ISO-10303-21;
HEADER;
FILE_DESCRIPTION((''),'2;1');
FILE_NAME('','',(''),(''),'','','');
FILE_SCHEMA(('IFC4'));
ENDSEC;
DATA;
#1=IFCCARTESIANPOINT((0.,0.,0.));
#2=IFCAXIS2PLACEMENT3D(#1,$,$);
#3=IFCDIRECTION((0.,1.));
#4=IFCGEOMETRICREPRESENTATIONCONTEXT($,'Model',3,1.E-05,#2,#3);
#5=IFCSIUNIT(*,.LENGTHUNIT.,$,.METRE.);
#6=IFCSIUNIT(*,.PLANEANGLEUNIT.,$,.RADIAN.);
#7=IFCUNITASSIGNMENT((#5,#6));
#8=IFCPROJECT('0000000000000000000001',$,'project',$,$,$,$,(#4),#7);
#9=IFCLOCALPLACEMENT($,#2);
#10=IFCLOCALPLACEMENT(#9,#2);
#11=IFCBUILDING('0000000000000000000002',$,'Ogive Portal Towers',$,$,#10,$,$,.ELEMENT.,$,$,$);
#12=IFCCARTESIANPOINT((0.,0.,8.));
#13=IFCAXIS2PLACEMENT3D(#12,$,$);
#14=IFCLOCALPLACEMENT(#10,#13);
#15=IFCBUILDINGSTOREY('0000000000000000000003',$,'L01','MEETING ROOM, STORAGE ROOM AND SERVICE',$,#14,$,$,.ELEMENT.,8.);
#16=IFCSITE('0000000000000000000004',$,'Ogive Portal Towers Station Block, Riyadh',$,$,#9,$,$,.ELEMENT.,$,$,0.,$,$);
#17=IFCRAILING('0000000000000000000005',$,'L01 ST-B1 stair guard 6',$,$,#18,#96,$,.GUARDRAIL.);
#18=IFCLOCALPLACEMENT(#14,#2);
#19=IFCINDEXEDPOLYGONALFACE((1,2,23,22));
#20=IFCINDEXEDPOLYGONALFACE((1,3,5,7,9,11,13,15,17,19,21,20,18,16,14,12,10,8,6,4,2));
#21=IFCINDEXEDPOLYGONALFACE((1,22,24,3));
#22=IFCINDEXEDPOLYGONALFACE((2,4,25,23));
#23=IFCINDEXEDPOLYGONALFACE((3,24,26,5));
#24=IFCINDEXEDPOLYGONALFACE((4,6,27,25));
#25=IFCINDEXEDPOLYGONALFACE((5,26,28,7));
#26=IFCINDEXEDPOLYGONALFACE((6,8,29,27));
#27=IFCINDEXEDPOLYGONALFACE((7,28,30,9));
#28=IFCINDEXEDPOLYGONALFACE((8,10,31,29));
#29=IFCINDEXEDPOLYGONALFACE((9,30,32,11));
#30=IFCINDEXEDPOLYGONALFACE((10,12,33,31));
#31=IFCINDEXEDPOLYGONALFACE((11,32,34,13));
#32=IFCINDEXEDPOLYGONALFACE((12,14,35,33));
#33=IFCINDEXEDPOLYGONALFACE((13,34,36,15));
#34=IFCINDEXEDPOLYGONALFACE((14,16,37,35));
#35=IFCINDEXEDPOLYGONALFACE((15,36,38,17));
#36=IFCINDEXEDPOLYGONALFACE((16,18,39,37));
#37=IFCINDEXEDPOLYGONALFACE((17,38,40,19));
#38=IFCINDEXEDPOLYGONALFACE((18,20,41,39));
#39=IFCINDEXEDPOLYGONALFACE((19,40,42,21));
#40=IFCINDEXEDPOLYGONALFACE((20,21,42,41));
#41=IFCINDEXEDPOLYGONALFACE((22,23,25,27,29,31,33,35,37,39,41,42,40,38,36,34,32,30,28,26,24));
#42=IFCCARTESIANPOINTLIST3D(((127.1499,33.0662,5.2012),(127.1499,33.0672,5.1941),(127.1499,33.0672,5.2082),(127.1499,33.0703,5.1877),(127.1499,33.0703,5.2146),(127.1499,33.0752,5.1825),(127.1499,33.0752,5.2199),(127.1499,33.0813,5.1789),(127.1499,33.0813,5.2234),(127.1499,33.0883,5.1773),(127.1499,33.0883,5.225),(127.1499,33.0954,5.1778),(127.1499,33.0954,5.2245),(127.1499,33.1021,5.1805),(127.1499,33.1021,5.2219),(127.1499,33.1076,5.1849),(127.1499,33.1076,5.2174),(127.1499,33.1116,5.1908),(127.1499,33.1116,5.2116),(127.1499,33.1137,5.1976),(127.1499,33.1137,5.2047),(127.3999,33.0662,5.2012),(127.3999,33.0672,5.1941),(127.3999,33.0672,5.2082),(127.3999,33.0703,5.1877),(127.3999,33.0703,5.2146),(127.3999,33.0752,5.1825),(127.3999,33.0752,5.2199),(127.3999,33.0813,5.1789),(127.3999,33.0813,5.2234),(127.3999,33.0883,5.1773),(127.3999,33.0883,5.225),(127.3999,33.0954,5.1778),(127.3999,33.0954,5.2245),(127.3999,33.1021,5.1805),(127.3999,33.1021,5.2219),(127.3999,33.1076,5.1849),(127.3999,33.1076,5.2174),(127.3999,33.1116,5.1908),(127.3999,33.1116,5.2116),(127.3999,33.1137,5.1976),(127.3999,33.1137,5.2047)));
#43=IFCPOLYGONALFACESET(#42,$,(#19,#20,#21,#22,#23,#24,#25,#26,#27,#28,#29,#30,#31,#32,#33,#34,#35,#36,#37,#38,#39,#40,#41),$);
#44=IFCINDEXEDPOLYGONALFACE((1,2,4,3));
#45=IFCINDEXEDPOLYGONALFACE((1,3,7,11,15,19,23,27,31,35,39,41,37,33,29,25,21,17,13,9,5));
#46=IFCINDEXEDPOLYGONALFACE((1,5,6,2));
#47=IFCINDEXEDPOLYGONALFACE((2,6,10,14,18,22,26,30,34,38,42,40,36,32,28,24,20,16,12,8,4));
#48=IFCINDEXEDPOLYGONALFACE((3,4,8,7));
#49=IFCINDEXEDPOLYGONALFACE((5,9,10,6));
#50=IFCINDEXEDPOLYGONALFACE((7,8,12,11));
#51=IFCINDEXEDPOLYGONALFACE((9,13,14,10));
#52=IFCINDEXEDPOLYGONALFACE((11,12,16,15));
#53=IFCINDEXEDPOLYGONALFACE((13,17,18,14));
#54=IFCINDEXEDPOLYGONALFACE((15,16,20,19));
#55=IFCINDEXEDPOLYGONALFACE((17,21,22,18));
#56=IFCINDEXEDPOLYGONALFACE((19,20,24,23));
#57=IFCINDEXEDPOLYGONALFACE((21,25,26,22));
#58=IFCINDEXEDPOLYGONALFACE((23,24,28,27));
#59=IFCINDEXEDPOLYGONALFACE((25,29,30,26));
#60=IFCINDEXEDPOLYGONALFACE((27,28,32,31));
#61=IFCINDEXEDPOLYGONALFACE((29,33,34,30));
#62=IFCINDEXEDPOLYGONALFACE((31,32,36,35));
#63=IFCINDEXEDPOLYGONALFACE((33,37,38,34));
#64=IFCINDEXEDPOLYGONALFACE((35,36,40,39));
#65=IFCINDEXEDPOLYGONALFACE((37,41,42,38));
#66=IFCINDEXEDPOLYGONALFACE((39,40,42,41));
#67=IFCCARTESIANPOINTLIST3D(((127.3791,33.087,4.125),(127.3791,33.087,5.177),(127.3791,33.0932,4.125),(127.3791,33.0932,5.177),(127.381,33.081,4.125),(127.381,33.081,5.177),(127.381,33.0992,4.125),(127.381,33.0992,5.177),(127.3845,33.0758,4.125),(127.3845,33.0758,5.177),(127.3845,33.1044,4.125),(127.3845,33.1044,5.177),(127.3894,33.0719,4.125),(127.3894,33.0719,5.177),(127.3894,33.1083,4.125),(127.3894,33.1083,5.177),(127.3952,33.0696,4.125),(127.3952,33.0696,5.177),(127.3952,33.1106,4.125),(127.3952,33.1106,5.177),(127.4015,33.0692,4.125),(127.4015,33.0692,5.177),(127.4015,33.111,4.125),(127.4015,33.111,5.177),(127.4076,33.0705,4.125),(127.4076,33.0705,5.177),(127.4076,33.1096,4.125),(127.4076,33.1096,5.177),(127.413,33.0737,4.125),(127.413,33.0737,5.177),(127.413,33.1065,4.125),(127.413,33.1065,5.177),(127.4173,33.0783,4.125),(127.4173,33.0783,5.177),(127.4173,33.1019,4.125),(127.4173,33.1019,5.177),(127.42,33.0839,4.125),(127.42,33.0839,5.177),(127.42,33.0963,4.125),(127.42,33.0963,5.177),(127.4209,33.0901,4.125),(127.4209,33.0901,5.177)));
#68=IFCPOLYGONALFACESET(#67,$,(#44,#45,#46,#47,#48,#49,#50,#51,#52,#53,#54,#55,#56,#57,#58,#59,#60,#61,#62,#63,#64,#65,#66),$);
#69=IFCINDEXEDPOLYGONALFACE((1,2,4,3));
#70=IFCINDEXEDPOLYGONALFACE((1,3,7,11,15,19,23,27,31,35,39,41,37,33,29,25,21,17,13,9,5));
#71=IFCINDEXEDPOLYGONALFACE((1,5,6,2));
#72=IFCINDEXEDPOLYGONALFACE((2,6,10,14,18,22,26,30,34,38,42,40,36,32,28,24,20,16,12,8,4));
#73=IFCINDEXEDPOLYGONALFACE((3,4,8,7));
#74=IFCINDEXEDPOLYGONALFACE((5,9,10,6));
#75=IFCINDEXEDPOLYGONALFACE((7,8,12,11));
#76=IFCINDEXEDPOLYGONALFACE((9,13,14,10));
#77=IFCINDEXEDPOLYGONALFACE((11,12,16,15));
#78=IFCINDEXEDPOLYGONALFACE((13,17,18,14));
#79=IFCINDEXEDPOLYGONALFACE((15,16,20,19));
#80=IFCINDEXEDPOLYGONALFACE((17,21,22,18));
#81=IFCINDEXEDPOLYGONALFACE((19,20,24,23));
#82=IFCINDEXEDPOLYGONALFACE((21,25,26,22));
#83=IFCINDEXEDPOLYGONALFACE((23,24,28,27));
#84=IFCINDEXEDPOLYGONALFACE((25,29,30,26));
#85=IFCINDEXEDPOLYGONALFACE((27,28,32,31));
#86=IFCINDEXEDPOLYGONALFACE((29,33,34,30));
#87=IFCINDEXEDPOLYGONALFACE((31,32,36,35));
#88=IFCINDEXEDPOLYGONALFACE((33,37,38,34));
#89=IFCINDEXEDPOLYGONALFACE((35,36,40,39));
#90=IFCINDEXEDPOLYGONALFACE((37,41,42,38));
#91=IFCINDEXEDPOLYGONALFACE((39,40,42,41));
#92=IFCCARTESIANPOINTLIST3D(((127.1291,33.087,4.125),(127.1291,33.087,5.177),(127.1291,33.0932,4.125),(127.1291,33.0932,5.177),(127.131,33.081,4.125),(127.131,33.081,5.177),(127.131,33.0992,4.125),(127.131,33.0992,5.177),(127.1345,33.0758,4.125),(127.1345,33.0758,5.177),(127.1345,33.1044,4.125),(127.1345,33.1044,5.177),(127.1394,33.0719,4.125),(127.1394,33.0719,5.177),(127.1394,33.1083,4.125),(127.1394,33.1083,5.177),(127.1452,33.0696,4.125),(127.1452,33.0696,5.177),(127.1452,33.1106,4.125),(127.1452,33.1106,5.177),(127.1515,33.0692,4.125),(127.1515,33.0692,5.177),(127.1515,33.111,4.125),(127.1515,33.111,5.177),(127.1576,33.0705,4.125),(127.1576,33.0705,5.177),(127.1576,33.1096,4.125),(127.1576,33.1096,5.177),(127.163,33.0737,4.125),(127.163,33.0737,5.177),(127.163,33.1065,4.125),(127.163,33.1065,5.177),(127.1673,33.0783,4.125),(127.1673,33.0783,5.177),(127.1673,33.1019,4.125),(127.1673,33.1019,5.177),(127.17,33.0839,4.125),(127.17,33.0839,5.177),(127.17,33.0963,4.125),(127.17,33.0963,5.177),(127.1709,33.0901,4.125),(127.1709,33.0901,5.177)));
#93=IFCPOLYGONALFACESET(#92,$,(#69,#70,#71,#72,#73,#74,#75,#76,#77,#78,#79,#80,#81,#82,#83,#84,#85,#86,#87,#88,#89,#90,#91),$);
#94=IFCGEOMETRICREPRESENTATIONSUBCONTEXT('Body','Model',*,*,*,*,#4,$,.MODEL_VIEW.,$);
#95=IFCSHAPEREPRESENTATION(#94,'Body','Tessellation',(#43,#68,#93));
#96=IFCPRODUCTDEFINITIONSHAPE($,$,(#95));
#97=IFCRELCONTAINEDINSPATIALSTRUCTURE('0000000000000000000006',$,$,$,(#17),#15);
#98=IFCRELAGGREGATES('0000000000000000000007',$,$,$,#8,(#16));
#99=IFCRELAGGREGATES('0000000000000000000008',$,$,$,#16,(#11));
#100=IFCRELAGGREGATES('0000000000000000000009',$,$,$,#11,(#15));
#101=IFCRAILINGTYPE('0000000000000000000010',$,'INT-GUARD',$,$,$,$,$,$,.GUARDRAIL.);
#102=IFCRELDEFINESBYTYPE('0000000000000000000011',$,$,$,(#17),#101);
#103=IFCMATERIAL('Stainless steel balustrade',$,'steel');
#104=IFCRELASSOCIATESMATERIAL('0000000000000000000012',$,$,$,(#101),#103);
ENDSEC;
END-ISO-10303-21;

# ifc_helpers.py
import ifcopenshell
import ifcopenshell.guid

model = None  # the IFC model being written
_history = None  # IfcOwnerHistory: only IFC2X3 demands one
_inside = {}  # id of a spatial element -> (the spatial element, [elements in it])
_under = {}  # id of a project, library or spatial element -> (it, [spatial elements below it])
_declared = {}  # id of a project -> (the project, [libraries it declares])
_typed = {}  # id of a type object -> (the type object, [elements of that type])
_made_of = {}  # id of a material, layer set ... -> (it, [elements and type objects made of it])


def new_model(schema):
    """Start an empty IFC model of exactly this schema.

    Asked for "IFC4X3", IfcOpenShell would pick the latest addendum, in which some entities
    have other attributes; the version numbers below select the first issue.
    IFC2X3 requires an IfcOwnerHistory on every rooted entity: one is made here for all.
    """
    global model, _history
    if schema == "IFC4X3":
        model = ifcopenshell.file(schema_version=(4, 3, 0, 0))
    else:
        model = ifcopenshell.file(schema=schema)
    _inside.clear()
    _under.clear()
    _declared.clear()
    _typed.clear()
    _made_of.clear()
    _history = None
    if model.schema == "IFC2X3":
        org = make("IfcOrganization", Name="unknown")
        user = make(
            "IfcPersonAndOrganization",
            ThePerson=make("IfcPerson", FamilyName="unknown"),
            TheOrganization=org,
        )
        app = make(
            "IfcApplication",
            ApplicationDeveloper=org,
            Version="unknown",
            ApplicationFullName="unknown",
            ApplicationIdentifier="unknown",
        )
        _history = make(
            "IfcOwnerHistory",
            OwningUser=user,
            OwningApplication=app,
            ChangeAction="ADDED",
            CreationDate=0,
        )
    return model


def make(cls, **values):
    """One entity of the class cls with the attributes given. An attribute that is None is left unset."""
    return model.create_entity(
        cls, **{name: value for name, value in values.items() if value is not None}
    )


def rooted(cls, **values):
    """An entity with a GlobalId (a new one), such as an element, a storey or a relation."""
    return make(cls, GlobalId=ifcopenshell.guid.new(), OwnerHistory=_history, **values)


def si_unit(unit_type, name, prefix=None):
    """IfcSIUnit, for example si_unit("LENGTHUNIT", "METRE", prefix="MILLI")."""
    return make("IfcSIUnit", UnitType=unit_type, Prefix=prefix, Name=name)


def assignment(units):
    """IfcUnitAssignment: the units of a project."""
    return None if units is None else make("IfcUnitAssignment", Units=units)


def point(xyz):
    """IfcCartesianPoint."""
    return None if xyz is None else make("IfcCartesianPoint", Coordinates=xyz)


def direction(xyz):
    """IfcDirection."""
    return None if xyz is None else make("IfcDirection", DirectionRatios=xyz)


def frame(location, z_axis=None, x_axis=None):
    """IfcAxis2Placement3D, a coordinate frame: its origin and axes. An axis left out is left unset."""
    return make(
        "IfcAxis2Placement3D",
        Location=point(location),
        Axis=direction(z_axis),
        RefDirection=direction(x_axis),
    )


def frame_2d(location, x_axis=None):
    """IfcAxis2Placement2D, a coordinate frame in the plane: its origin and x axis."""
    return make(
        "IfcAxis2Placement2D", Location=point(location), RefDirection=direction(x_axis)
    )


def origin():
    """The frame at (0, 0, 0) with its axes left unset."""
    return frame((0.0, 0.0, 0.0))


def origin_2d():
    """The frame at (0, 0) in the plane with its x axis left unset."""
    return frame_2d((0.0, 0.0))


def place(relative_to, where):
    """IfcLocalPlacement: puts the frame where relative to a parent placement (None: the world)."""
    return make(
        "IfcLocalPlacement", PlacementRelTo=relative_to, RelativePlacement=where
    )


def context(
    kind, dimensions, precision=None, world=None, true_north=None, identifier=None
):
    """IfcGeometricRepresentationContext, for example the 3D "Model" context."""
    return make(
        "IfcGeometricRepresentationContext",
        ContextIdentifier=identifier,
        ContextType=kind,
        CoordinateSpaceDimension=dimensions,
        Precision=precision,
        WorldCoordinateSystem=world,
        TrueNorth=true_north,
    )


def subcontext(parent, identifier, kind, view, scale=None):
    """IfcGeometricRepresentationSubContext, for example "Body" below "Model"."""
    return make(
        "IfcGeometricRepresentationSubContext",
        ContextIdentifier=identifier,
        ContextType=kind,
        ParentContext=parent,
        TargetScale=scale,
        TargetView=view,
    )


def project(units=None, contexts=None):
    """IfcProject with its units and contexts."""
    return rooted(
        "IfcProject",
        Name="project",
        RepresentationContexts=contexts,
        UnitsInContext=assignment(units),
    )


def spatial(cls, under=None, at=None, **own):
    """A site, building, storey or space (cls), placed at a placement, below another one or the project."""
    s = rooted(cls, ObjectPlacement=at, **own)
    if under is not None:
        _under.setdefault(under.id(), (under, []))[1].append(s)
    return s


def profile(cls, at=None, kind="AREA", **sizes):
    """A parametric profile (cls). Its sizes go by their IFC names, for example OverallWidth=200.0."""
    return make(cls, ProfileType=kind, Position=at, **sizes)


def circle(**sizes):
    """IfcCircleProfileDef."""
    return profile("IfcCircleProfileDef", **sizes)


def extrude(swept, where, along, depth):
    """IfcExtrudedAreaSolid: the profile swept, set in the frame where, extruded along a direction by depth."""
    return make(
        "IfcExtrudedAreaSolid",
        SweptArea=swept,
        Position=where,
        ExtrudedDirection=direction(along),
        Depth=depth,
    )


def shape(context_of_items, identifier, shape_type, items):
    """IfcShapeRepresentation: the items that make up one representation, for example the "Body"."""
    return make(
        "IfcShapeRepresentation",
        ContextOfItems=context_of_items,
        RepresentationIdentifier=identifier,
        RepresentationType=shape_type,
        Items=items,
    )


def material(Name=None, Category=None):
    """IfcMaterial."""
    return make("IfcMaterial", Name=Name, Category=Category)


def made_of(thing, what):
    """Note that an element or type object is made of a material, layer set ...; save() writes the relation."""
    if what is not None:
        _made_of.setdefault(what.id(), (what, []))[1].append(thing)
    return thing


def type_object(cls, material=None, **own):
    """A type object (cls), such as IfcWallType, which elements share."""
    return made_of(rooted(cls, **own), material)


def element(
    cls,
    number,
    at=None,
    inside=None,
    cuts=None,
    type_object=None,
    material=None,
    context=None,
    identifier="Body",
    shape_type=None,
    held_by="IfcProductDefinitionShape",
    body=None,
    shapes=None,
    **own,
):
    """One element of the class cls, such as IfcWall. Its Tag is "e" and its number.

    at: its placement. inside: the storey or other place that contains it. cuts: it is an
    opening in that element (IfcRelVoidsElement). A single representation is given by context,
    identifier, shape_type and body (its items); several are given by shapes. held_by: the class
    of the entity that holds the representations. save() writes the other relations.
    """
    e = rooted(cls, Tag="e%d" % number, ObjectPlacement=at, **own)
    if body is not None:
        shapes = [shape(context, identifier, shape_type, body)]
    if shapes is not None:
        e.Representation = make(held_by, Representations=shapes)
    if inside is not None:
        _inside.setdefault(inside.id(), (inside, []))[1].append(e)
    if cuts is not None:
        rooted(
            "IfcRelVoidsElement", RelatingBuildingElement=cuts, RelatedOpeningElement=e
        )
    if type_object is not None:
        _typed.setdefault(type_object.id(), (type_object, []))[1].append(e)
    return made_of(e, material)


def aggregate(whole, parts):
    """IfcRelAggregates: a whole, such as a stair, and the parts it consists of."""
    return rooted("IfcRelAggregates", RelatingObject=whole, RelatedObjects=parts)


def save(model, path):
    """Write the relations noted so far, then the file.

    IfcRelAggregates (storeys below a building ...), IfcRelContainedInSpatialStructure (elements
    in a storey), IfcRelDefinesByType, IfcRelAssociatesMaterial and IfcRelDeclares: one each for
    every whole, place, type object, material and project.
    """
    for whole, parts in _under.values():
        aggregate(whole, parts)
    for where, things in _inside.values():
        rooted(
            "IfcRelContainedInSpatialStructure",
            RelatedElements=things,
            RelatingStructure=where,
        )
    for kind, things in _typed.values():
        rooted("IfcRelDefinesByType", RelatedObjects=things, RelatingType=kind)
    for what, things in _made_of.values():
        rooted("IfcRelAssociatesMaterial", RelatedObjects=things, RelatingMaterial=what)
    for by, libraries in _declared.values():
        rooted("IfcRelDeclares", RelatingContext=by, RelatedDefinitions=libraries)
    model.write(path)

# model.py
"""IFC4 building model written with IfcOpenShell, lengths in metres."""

from ifc_helpers import new_model, si_unit, direction, frame, origin, origin_2d, place, context, subcontext, project, spatial, circle, extrude, material, type_object, element, save


model = new_model("IFC4")

# Units and contexts
model_context = context("Model", 3, precision=1e-05, world=origin(), true_north=direction((0.0, 1.0)))
body_context = subcontext(model_context, "Body", "Model", "MODEL_VIEW")
ifc_project = project(units=[si_unit("LENGTHUNIT", "METRE"), si_unit("PLANEANGLEUNIT", "RADIAN")], contexts=[model_context])

# Site, building, storey
site_placement = place(None, origin())
site = spatial("IfcSite", under=ifc_project, at=site_placement, Name="Ogive Portal Towers Station Block, Riyadh", CompositionType="ELEMENT", RefElevation=0.0)
building_placement = place(site_placement, origin())
building = spatial("IfcBuilding", under=site, at=building_placement, Name="Ogive Portal Towers", CompositionType="ELEMENT")
storey_placement = place(building_placement, frame((0.0, 0.0, 8.0)))
storey = spatial("IfcBuildingStorey", under=building, at=storey_placement, Name="L01", Description="MEETING ROOM, STORAGE ROOM AND SERVICE", CompositionType="ELEMENT", Elevation=8.0)

# Railing
ifc_material_1 = material(Name="Stainless steel balustrade", Category="steel")
railing_type_1 = type_object("IfcRailingType", Name="INT-GUARD", PredefinedType="GUARDRAIL", material=ifc_material_1)
railing_1_placement = place(storey_placement, frame((127.3999, 33.0901, 4.125)))
element("IfcRailing", 1, at=railing_1_placement, inside=storey, type_object=railing_type_1, Name="L01 ST-B1 stair guard 6", PredefinedType="GUARDRAIL", context=body_context, shape_type="SweptSolid", body=[
    extrude(circle(Radius=0.0239, at=origin_2d()), frame((0.0, 0.0, 1.0762), z_axis=(-1.0, 0.0, 0.0), x_axis=(0.0, -1.0, 0.0)), (0.0, 0.0, 1.0), 0.25),
    extrude(circle(Radius=0.021, at=origin_2d()), origin(), (0.0, 0.0, 1.0), 1.052),
    extrude(circle(Radius=0.021, at=origin_2d()), frame((-0.25, 0.0, 0.0)), (0.0, 0.0, 1.0), 1.052),
])

save(model, "model.ifc")
